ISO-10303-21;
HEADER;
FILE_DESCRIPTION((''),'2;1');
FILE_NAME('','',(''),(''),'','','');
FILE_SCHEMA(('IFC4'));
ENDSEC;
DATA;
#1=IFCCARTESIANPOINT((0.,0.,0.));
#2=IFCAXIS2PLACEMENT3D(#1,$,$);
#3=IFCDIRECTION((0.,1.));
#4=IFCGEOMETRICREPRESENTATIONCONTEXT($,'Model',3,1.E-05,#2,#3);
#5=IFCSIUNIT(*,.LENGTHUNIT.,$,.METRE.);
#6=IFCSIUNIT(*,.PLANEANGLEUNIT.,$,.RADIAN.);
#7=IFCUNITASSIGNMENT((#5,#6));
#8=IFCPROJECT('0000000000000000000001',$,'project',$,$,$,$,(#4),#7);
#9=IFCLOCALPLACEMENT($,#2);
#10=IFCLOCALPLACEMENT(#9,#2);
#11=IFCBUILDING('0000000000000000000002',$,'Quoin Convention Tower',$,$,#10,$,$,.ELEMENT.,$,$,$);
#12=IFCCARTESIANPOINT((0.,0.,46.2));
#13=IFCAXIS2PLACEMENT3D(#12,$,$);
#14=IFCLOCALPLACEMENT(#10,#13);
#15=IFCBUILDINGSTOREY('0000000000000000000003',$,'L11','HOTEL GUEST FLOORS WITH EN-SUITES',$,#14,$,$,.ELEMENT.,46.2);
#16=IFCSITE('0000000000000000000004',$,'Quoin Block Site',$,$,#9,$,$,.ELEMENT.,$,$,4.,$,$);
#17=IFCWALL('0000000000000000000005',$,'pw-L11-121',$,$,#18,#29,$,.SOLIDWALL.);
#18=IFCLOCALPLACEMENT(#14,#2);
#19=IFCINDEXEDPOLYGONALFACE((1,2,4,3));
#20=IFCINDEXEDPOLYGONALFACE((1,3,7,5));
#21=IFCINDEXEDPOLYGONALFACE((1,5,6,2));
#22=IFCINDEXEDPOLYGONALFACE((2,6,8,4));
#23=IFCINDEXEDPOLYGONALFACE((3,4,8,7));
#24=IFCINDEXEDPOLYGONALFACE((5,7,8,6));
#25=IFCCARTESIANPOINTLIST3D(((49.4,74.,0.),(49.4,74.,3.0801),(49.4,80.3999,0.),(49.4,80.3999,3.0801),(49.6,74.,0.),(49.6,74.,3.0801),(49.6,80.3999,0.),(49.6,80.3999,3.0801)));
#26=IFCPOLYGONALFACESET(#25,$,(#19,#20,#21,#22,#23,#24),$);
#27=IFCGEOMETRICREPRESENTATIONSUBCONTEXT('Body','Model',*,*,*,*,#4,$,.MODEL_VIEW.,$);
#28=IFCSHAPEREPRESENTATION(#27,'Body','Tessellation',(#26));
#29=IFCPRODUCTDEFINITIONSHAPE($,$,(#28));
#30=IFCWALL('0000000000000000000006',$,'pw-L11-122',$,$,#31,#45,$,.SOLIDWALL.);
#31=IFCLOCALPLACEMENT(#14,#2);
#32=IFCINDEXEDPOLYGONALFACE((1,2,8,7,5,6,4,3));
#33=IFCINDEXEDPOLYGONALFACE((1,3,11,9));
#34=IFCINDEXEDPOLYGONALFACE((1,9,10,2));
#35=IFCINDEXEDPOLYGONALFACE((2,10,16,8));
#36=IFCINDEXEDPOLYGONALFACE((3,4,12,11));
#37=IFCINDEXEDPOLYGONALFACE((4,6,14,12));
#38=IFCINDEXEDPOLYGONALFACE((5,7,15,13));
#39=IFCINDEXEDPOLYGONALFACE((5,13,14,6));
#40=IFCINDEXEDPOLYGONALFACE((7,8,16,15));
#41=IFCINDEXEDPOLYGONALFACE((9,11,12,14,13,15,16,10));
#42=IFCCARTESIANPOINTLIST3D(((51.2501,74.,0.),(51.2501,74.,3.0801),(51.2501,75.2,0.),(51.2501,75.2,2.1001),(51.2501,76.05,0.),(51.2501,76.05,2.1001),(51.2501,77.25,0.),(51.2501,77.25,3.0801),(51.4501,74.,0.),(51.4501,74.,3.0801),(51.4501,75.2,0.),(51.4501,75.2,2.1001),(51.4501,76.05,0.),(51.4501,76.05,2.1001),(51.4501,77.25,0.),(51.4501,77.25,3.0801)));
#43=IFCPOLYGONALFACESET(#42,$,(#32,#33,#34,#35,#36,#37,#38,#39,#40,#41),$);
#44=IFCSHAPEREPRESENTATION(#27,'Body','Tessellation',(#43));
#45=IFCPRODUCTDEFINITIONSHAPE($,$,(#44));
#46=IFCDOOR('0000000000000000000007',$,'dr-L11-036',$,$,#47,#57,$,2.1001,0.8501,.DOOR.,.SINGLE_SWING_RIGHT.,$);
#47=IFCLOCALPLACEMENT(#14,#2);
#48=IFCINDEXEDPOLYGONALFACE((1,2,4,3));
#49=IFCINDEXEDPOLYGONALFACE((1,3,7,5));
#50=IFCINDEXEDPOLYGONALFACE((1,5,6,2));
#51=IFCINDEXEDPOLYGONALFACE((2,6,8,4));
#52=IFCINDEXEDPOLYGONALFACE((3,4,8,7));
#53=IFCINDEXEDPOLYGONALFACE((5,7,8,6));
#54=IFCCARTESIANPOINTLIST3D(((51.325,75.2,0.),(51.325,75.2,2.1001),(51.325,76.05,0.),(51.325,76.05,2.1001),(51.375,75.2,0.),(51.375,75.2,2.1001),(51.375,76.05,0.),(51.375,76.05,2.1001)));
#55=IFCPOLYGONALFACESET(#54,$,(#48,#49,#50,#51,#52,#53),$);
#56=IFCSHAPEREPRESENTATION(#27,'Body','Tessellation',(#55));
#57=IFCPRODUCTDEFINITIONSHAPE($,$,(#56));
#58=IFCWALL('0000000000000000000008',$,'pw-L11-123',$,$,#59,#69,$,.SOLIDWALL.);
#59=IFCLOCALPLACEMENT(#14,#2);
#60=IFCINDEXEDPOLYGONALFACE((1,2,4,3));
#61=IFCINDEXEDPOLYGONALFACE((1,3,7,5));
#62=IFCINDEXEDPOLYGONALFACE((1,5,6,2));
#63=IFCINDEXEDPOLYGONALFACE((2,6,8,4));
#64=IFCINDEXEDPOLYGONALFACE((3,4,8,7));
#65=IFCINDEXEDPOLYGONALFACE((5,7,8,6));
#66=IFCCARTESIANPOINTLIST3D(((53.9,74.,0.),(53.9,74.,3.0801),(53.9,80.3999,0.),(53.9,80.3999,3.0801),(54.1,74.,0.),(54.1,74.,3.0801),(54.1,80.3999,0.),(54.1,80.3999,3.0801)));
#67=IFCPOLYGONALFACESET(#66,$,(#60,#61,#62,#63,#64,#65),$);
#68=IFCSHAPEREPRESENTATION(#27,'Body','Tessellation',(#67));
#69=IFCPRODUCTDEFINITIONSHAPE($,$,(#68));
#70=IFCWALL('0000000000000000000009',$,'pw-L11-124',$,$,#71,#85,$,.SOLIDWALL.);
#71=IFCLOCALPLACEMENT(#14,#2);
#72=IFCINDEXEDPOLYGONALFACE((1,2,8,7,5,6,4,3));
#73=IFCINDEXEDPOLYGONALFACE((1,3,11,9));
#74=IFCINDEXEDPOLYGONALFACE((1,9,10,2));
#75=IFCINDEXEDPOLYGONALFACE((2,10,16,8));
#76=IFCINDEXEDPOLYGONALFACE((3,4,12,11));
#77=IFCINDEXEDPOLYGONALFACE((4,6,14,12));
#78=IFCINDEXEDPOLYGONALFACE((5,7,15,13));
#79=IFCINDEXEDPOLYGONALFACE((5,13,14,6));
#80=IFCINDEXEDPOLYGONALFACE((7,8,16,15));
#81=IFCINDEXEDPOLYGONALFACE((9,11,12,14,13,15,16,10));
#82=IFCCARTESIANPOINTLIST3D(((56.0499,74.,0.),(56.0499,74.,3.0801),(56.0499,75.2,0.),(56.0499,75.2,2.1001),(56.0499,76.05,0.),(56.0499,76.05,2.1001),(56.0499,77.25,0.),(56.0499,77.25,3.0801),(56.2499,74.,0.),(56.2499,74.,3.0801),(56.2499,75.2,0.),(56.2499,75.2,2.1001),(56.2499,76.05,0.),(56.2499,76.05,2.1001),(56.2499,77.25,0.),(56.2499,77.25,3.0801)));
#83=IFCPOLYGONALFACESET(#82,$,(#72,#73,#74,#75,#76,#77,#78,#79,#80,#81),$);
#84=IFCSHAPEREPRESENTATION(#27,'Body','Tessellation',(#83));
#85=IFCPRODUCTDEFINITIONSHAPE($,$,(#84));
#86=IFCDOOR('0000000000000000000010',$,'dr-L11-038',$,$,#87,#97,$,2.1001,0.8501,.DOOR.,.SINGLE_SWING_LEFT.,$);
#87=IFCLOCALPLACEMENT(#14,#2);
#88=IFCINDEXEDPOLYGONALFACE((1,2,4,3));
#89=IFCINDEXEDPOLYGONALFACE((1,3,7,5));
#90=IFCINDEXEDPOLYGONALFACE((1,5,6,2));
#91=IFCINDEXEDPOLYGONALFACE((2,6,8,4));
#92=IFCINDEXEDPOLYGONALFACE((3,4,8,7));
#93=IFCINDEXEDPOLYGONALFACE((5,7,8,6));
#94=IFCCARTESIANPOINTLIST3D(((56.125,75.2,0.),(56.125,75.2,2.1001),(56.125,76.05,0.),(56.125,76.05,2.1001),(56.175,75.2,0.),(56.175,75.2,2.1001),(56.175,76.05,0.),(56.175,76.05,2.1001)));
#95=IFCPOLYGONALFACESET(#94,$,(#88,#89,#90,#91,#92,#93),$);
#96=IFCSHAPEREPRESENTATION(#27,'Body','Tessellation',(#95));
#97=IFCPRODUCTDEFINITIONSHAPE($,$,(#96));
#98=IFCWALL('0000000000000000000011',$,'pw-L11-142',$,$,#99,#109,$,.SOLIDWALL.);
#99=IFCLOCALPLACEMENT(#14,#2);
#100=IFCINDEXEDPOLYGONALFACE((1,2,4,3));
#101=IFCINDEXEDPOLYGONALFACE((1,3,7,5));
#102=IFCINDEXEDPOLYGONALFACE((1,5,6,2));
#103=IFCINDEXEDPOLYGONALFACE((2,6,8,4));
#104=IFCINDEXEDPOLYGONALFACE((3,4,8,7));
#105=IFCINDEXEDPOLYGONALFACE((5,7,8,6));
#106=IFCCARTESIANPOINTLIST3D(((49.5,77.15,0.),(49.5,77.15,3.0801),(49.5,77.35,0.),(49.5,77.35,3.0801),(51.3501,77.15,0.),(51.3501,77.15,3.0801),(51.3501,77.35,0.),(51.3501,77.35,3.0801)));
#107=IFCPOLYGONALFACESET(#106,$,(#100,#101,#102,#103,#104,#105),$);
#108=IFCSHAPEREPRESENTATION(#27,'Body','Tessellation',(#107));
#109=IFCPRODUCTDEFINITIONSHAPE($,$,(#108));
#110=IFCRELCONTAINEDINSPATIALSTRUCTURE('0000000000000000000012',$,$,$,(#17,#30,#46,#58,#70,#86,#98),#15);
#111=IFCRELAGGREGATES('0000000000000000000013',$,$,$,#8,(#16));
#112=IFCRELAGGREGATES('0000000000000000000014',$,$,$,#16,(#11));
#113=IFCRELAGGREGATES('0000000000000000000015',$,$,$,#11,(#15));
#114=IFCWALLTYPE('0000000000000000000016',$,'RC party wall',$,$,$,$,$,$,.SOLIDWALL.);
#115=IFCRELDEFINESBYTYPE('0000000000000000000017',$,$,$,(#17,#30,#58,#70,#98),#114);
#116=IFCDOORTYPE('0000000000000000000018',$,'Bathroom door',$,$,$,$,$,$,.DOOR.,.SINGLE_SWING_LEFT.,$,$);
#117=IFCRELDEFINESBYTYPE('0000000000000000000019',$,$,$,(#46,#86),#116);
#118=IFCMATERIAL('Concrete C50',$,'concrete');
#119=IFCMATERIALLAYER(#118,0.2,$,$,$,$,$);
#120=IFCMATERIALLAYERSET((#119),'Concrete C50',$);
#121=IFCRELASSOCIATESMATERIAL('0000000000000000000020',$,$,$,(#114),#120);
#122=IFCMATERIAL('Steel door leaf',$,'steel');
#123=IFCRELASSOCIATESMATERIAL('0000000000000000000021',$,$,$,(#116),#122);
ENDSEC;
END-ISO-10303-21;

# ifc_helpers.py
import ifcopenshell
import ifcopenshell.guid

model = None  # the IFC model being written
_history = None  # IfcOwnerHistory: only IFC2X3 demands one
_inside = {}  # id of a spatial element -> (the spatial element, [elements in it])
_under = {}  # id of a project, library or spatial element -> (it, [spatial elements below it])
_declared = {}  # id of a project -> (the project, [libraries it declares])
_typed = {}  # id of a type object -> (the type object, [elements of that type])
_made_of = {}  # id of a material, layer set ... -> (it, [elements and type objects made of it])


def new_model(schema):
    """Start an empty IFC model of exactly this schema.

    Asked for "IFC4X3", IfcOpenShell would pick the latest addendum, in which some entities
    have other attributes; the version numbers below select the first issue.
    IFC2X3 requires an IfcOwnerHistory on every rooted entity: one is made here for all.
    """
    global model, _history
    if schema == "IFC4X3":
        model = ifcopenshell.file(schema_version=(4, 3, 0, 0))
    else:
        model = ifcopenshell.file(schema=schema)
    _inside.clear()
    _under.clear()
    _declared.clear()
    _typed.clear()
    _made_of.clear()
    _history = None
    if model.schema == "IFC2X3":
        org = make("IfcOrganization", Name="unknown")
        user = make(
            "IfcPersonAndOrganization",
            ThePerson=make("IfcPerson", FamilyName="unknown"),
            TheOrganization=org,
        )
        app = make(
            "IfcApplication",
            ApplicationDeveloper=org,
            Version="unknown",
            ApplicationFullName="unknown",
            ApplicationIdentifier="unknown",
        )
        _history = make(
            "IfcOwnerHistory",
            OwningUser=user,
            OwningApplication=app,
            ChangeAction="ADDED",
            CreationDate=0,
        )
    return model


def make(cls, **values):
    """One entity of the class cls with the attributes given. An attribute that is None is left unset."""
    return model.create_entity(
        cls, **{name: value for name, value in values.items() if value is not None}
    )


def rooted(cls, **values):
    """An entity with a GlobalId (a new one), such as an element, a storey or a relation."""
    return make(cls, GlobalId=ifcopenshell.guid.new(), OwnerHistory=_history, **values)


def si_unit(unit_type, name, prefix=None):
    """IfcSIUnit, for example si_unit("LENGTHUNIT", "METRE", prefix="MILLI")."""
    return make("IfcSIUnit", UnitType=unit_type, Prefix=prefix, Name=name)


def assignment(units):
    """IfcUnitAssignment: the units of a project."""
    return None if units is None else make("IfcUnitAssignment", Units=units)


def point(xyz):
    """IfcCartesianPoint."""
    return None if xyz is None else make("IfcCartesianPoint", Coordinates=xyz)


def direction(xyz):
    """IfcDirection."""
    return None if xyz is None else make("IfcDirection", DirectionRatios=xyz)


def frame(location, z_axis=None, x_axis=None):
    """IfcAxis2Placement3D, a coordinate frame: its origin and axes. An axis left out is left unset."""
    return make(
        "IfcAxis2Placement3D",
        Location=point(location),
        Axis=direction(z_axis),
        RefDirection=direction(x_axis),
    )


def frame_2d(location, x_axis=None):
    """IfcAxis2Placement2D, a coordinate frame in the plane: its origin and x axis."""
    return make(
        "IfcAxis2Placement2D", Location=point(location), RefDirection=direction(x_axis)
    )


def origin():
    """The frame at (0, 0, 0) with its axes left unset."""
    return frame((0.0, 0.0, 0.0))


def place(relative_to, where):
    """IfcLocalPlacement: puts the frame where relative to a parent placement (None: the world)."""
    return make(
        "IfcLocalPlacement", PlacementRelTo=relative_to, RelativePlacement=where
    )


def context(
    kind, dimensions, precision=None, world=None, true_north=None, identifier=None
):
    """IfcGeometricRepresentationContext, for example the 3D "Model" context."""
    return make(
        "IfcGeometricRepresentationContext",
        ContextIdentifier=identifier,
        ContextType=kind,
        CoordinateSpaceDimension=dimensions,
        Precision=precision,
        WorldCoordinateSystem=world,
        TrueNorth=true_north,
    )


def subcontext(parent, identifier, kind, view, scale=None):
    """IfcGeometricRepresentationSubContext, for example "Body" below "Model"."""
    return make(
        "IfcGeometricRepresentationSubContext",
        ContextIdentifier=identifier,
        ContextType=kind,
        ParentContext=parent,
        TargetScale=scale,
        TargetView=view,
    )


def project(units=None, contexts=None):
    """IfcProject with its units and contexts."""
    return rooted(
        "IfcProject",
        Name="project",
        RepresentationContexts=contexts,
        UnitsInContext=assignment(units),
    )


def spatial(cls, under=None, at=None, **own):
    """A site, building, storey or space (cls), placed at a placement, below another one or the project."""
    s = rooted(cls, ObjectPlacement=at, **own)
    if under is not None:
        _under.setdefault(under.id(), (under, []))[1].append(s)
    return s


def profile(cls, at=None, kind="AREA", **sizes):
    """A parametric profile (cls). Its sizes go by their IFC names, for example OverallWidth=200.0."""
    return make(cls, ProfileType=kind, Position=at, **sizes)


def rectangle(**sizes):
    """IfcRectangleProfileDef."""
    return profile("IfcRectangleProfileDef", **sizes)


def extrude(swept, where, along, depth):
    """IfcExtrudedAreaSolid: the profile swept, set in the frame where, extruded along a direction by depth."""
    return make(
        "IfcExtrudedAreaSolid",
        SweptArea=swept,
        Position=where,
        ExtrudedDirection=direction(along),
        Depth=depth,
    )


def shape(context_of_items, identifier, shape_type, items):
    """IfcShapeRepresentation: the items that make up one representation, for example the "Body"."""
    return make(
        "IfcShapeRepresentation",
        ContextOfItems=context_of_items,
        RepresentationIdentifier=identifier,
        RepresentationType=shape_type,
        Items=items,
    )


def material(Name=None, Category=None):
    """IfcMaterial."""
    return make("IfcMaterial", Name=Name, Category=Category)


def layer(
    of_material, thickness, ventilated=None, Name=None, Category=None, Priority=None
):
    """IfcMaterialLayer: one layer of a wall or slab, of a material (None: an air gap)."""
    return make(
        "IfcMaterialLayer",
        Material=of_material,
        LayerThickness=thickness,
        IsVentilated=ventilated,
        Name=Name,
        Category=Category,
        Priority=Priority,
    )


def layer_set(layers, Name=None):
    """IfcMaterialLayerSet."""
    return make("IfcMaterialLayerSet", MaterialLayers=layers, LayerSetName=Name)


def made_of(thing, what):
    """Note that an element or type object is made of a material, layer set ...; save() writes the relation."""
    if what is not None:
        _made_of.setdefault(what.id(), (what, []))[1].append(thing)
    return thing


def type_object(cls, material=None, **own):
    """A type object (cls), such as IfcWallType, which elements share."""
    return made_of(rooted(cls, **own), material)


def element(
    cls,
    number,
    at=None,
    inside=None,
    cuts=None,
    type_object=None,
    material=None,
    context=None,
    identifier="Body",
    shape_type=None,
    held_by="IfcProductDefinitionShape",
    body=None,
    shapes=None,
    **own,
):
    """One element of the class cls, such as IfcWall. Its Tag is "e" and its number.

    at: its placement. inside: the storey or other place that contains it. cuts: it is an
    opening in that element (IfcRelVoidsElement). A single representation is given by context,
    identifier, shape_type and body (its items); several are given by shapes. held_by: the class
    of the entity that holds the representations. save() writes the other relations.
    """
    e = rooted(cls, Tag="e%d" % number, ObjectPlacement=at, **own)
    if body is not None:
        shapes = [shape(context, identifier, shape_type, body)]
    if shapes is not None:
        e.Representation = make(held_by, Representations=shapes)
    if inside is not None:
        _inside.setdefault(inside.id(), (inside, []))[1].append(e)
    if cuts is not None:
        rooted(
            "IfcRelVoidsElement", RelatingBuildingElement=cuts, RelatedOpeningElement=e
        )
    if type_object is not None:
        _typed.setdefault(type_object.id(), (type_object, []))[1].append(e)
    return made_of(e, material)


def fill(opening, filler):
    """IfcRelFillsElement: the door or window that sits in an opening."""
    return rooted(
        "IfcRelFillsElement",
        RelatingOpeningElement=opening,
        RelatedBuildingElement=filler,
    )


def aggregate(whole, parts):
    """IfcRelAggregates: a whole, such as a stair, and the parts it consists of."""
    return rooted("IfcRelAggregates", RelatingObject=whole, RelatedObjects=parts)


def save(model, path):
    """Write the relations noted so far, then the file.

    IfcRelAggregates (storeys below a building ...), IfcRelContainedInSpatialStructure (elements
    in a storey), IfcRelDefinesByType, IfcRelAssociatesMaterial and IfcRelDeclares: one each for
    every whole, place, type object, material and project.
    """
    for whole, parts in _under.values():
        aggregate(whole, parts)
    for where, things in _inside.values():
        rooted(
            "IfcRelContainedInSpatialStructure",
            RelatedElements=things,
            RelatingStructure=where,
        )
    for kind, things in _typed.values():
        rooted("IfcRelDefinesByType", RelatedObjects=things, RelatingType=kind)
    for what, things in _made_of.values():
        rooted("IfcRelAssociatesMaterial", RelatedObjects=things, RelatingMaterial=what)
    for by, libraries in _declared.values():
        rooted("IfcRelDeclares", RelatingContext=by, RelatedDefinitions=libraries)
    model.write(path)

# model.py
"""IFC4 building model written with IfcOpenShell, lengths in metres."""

from ifc_helpers import new_model, si_unit, direction, frame, frame_2d, origin, place, context, subcontext, project, spatial, rectangle, extrude, material, layer, layer_set, type_object, element, fill, save


model = new_model("IFC4")

# Units and contexts
model_context = context("Model", 3, precision=1e-05, world=origin(), true_north=direction((0.0, 1.0)))
body_context = subcontext(model_context, "Body", "Model", "MODEL_VIEW")
ifc_project = project(units=[si_unit("LENGTHUNIT", "METRE"), si_unit("PLANEANGLEUNIT", "RADIAN")], contexts=[model_context])

# Site, building, storey
site_placement = place(None, origin())
site = spatial("IfcSite", under=ifc_project, at=site_placement, Name="Quoin Block Site", CompositionType="ELEMENT", RefElevation=4.0)
building_placement = place(site_placement, origin())
building = spatial("IfcBuilding", under=site, at=building_placement, Name="Quoin Convention Tower", CompositionType="ELEMENT")
storey_placement = place(building_placement, frame((0.0, 0.0, 46.2)))
storey = spatial("IfcBuildingStorey", under=building, at=storey_placement, Name="L11", Description="HOTEL GUEST FLOORS WITH EN-SUITES", CompositionType="ELEMENT", Elevation=46.2)

# Shared definitions
ifc_material_1 = material(Name="Concrete C50", Category="concrete")
ifc_material_2 = material(Name="Steel door leaf", Category="steel")

# Wall
ifc_layer_1 = layer(ifc_material_1, 0.2)
ifc_layer_set_1 = layer_set([ifc_layer_1], Name="Concrete C50")
wall_type_1 = type_object("IfcWallType", Name="RC party wall", PredefinedType="SOLIDWALL", material=ifc_layer_set_1)
wall_1_placement = place(storey_placement, frame((49.5, 74.0, 0.0), z_axis=(0.0, 0.0, 1.0), x_axis=(0.0, 1.0, 0.0)))
element("IfcWall", 1, at=wall_1_placement, inside=storey, type_object=wall_type_1, Name="pw-L11-121", PredefinedType="SOLIDWALL", context=body_context, shape_type="SweptSolid", body=[
    extrude(rectangle(XDim=6.3999, YDim=0.2, at=frame_2d((3.2, 0.0))), origin(), (0.0, 0.0, 1.0), 3.0801),
])

# Wall, opening, door
wall_2_placement = place(storey_placement, frame((51.3501, 74.0, 0.0), z_axis=(0.0, 0.0, 1.0), x_axis=(0.0, 1.0, 0.0)))
wall_2 = element("IfcWall", 2, at=wall_2_placement, inside=storey, type_object=wall_type_1, Name="pw-L11-122", PredefinedType="SOLIDWALL", context=body_context, shape_type="SweptSolid", body=[
    extrude(rectangle(XDim=3.25, YDim=0.2, at=frame_2d((1.625, 0.0))), origin(), (0.0, 0.0, 1.0), 3.0801),
])
opening_1_placement = place(wall_2_placement, frame((1.2, 0.0, 0.0)))
opening_1 = element("IfcOpeningElement", 3, at=opening_1_placement, cuts=wall_2, PredefinedType="OPENING", context=body_context, shape_type="SweptSolid", body=[
    extrude(rectangle(XDim=0.8501, YDim=2.1001, at=frame_2d((0.425, 1.05))), frame((0.0, 0.1099, 0.0), z_axis=(0.0, -1.0, 0.0), x_axis=(1.0, 0.0, 0.0)), (0.0, 0.0, 1.0), 0.22),
])
door_type_1 = type_object("IfcDoorType", Name="Bathroom door", OperationType="SINGLE_SWING_LEFT", PredefinedType="DOOR", material=ifc_material_2)
door_1_placement = place(opening_1_placement, frame((0.8501, 0.0, 0.0), z_axis=(0.0, 0.0, 1.0), x_axis=(-1.0, 0.0, 0.0)))
door_1 = element("IfcDoor", 4, at=door_1_placement, inside=storey, type_object=door_type_1, Name="dr-L11-036", OperationType="SINGLE_SWING_RIGHT", OverallHeight=2.1001, OverallWidth=0.8501, PredefinedType="DOOR", context=body_context, shape_type="SweptSolid", body=[
    extrude(rectangle(XDim=0.8501, YDim=2.1001, at=frame_2d((0.425, 1.05))), frame((0.0, 0.0249, 0.0), z_axis=(0.0, -1.0, 0.0), x_axis=(1.0, 0.0, 0.0)), (0.0, 0.0, 1.0), 0.05),
])
fill(opening_1, door_1)

# Wall
wall_3_placement = place(storey_placement, frame((54.0, 74.0, 0.0), z_axis=(0.0, 0.0, 1.0), x_axis=(0.0, 1.0, 0.0)))
element("IfcWall", 5, at=wall_3_placement, inside=storey, type_object=wall_type_1, Name="pw-L11-123", PredefinedType="SOLIDWALL", context=body_context, shape_type="SweptSolid", body=[
    extrude(rectangle(XDim=6.3999, YDim=0.2, at=frame_2d((3.2, 0.0))), origin(), (0.0, 0.0, 1.0), 3.0801),
])

# Wall, opening, door
wall_4_placement = place(storey_placement, frame((56.1499, 74.0, 0.0), z_axis=(0.0, 0.0, 1.0), x_axis=(0.0, 1.0, 0.0)))
wall_4 = element("IfcWall", 6, at=wall_4_placement, inside=storey, type_object=wall_type_1, Name="pw-L11-124", PredefinedType="SOLIDWALL", context=body_context, shape_type="SweptSolid", body=[
    extrude(rectangle(XDim=3.25, YDim=0.2, at=frame_2d((1.625, 0.0))), origin(), (0.0, 0.0, 1.0), 3.0801),
])
opening_2_placement = place(wall_4_placement, frame((1.2, 0.0, 0.0)))
opening_2 = element("IfcOpeningElement", 7, at=opening_2_placement, cuts=wall_4, PredefinedType="OPENING", context=body_context, shape_type="SweptSolid", body=[
    extrude(rectangle(XDim=0.8501, YDim=2.1001, at=frame_2d((0.425, 1.05))), frame((0.0, 0.1099, 0.0), z_axis=(0.0, -1.0, 0.0), x_axis=(1.0, 0.0, 0.0)), (0.0, 0.0, 1.0), 0.22),
])
door_2_placement = place(opening_2_placement, origin())
door_2 = element("IfcDoor", 8, at=door_2_placement, inside=storey, type_object=door_type_1, Name="dr-L11-038", OperationType="SINGLE_SWING_LEFT", OverallHeight=2.1001, OverallWidth=0.8501, PredefinedType="DOOR", context=body_context, shape_type="SweptSolid", body=[
    extrude(rectangle(XDim=0.8501, YDim=2.1001, at=frame_2d((0.425, 1.05))), frame((0.0, 0.0249, 0.0), z_axis=(0.0, -1.0, 0.0), x_axis=(1.0, 0.0, 0.0)), (0.0, 0.0, 1.0), 0.05),
])
fill(opening_2, door_2)

# Wall
wall_5_placement = place(storey_placement, frame((49.5, 77.25, 0.0), z_axis=(0.0, 0.0, 1.0), x_axis=(1.0, 0.0, 0.0)))
element("IfcWall", 9, at=wall_5_placement, inside=storey, type_object=wall_type_1, Name="pw-L11-142", PredefinedType="SOLIDWALL", context=body_context, shape_type="SweptSolid", body=[
    extrude(rectangle(XDim=1.8501, YDim=0.2, at=frame_2d((0.925, 0.0))), origin(), (0.0, 0.0, 1.0), 3.0801),
])

save(model, "model.ifc")
